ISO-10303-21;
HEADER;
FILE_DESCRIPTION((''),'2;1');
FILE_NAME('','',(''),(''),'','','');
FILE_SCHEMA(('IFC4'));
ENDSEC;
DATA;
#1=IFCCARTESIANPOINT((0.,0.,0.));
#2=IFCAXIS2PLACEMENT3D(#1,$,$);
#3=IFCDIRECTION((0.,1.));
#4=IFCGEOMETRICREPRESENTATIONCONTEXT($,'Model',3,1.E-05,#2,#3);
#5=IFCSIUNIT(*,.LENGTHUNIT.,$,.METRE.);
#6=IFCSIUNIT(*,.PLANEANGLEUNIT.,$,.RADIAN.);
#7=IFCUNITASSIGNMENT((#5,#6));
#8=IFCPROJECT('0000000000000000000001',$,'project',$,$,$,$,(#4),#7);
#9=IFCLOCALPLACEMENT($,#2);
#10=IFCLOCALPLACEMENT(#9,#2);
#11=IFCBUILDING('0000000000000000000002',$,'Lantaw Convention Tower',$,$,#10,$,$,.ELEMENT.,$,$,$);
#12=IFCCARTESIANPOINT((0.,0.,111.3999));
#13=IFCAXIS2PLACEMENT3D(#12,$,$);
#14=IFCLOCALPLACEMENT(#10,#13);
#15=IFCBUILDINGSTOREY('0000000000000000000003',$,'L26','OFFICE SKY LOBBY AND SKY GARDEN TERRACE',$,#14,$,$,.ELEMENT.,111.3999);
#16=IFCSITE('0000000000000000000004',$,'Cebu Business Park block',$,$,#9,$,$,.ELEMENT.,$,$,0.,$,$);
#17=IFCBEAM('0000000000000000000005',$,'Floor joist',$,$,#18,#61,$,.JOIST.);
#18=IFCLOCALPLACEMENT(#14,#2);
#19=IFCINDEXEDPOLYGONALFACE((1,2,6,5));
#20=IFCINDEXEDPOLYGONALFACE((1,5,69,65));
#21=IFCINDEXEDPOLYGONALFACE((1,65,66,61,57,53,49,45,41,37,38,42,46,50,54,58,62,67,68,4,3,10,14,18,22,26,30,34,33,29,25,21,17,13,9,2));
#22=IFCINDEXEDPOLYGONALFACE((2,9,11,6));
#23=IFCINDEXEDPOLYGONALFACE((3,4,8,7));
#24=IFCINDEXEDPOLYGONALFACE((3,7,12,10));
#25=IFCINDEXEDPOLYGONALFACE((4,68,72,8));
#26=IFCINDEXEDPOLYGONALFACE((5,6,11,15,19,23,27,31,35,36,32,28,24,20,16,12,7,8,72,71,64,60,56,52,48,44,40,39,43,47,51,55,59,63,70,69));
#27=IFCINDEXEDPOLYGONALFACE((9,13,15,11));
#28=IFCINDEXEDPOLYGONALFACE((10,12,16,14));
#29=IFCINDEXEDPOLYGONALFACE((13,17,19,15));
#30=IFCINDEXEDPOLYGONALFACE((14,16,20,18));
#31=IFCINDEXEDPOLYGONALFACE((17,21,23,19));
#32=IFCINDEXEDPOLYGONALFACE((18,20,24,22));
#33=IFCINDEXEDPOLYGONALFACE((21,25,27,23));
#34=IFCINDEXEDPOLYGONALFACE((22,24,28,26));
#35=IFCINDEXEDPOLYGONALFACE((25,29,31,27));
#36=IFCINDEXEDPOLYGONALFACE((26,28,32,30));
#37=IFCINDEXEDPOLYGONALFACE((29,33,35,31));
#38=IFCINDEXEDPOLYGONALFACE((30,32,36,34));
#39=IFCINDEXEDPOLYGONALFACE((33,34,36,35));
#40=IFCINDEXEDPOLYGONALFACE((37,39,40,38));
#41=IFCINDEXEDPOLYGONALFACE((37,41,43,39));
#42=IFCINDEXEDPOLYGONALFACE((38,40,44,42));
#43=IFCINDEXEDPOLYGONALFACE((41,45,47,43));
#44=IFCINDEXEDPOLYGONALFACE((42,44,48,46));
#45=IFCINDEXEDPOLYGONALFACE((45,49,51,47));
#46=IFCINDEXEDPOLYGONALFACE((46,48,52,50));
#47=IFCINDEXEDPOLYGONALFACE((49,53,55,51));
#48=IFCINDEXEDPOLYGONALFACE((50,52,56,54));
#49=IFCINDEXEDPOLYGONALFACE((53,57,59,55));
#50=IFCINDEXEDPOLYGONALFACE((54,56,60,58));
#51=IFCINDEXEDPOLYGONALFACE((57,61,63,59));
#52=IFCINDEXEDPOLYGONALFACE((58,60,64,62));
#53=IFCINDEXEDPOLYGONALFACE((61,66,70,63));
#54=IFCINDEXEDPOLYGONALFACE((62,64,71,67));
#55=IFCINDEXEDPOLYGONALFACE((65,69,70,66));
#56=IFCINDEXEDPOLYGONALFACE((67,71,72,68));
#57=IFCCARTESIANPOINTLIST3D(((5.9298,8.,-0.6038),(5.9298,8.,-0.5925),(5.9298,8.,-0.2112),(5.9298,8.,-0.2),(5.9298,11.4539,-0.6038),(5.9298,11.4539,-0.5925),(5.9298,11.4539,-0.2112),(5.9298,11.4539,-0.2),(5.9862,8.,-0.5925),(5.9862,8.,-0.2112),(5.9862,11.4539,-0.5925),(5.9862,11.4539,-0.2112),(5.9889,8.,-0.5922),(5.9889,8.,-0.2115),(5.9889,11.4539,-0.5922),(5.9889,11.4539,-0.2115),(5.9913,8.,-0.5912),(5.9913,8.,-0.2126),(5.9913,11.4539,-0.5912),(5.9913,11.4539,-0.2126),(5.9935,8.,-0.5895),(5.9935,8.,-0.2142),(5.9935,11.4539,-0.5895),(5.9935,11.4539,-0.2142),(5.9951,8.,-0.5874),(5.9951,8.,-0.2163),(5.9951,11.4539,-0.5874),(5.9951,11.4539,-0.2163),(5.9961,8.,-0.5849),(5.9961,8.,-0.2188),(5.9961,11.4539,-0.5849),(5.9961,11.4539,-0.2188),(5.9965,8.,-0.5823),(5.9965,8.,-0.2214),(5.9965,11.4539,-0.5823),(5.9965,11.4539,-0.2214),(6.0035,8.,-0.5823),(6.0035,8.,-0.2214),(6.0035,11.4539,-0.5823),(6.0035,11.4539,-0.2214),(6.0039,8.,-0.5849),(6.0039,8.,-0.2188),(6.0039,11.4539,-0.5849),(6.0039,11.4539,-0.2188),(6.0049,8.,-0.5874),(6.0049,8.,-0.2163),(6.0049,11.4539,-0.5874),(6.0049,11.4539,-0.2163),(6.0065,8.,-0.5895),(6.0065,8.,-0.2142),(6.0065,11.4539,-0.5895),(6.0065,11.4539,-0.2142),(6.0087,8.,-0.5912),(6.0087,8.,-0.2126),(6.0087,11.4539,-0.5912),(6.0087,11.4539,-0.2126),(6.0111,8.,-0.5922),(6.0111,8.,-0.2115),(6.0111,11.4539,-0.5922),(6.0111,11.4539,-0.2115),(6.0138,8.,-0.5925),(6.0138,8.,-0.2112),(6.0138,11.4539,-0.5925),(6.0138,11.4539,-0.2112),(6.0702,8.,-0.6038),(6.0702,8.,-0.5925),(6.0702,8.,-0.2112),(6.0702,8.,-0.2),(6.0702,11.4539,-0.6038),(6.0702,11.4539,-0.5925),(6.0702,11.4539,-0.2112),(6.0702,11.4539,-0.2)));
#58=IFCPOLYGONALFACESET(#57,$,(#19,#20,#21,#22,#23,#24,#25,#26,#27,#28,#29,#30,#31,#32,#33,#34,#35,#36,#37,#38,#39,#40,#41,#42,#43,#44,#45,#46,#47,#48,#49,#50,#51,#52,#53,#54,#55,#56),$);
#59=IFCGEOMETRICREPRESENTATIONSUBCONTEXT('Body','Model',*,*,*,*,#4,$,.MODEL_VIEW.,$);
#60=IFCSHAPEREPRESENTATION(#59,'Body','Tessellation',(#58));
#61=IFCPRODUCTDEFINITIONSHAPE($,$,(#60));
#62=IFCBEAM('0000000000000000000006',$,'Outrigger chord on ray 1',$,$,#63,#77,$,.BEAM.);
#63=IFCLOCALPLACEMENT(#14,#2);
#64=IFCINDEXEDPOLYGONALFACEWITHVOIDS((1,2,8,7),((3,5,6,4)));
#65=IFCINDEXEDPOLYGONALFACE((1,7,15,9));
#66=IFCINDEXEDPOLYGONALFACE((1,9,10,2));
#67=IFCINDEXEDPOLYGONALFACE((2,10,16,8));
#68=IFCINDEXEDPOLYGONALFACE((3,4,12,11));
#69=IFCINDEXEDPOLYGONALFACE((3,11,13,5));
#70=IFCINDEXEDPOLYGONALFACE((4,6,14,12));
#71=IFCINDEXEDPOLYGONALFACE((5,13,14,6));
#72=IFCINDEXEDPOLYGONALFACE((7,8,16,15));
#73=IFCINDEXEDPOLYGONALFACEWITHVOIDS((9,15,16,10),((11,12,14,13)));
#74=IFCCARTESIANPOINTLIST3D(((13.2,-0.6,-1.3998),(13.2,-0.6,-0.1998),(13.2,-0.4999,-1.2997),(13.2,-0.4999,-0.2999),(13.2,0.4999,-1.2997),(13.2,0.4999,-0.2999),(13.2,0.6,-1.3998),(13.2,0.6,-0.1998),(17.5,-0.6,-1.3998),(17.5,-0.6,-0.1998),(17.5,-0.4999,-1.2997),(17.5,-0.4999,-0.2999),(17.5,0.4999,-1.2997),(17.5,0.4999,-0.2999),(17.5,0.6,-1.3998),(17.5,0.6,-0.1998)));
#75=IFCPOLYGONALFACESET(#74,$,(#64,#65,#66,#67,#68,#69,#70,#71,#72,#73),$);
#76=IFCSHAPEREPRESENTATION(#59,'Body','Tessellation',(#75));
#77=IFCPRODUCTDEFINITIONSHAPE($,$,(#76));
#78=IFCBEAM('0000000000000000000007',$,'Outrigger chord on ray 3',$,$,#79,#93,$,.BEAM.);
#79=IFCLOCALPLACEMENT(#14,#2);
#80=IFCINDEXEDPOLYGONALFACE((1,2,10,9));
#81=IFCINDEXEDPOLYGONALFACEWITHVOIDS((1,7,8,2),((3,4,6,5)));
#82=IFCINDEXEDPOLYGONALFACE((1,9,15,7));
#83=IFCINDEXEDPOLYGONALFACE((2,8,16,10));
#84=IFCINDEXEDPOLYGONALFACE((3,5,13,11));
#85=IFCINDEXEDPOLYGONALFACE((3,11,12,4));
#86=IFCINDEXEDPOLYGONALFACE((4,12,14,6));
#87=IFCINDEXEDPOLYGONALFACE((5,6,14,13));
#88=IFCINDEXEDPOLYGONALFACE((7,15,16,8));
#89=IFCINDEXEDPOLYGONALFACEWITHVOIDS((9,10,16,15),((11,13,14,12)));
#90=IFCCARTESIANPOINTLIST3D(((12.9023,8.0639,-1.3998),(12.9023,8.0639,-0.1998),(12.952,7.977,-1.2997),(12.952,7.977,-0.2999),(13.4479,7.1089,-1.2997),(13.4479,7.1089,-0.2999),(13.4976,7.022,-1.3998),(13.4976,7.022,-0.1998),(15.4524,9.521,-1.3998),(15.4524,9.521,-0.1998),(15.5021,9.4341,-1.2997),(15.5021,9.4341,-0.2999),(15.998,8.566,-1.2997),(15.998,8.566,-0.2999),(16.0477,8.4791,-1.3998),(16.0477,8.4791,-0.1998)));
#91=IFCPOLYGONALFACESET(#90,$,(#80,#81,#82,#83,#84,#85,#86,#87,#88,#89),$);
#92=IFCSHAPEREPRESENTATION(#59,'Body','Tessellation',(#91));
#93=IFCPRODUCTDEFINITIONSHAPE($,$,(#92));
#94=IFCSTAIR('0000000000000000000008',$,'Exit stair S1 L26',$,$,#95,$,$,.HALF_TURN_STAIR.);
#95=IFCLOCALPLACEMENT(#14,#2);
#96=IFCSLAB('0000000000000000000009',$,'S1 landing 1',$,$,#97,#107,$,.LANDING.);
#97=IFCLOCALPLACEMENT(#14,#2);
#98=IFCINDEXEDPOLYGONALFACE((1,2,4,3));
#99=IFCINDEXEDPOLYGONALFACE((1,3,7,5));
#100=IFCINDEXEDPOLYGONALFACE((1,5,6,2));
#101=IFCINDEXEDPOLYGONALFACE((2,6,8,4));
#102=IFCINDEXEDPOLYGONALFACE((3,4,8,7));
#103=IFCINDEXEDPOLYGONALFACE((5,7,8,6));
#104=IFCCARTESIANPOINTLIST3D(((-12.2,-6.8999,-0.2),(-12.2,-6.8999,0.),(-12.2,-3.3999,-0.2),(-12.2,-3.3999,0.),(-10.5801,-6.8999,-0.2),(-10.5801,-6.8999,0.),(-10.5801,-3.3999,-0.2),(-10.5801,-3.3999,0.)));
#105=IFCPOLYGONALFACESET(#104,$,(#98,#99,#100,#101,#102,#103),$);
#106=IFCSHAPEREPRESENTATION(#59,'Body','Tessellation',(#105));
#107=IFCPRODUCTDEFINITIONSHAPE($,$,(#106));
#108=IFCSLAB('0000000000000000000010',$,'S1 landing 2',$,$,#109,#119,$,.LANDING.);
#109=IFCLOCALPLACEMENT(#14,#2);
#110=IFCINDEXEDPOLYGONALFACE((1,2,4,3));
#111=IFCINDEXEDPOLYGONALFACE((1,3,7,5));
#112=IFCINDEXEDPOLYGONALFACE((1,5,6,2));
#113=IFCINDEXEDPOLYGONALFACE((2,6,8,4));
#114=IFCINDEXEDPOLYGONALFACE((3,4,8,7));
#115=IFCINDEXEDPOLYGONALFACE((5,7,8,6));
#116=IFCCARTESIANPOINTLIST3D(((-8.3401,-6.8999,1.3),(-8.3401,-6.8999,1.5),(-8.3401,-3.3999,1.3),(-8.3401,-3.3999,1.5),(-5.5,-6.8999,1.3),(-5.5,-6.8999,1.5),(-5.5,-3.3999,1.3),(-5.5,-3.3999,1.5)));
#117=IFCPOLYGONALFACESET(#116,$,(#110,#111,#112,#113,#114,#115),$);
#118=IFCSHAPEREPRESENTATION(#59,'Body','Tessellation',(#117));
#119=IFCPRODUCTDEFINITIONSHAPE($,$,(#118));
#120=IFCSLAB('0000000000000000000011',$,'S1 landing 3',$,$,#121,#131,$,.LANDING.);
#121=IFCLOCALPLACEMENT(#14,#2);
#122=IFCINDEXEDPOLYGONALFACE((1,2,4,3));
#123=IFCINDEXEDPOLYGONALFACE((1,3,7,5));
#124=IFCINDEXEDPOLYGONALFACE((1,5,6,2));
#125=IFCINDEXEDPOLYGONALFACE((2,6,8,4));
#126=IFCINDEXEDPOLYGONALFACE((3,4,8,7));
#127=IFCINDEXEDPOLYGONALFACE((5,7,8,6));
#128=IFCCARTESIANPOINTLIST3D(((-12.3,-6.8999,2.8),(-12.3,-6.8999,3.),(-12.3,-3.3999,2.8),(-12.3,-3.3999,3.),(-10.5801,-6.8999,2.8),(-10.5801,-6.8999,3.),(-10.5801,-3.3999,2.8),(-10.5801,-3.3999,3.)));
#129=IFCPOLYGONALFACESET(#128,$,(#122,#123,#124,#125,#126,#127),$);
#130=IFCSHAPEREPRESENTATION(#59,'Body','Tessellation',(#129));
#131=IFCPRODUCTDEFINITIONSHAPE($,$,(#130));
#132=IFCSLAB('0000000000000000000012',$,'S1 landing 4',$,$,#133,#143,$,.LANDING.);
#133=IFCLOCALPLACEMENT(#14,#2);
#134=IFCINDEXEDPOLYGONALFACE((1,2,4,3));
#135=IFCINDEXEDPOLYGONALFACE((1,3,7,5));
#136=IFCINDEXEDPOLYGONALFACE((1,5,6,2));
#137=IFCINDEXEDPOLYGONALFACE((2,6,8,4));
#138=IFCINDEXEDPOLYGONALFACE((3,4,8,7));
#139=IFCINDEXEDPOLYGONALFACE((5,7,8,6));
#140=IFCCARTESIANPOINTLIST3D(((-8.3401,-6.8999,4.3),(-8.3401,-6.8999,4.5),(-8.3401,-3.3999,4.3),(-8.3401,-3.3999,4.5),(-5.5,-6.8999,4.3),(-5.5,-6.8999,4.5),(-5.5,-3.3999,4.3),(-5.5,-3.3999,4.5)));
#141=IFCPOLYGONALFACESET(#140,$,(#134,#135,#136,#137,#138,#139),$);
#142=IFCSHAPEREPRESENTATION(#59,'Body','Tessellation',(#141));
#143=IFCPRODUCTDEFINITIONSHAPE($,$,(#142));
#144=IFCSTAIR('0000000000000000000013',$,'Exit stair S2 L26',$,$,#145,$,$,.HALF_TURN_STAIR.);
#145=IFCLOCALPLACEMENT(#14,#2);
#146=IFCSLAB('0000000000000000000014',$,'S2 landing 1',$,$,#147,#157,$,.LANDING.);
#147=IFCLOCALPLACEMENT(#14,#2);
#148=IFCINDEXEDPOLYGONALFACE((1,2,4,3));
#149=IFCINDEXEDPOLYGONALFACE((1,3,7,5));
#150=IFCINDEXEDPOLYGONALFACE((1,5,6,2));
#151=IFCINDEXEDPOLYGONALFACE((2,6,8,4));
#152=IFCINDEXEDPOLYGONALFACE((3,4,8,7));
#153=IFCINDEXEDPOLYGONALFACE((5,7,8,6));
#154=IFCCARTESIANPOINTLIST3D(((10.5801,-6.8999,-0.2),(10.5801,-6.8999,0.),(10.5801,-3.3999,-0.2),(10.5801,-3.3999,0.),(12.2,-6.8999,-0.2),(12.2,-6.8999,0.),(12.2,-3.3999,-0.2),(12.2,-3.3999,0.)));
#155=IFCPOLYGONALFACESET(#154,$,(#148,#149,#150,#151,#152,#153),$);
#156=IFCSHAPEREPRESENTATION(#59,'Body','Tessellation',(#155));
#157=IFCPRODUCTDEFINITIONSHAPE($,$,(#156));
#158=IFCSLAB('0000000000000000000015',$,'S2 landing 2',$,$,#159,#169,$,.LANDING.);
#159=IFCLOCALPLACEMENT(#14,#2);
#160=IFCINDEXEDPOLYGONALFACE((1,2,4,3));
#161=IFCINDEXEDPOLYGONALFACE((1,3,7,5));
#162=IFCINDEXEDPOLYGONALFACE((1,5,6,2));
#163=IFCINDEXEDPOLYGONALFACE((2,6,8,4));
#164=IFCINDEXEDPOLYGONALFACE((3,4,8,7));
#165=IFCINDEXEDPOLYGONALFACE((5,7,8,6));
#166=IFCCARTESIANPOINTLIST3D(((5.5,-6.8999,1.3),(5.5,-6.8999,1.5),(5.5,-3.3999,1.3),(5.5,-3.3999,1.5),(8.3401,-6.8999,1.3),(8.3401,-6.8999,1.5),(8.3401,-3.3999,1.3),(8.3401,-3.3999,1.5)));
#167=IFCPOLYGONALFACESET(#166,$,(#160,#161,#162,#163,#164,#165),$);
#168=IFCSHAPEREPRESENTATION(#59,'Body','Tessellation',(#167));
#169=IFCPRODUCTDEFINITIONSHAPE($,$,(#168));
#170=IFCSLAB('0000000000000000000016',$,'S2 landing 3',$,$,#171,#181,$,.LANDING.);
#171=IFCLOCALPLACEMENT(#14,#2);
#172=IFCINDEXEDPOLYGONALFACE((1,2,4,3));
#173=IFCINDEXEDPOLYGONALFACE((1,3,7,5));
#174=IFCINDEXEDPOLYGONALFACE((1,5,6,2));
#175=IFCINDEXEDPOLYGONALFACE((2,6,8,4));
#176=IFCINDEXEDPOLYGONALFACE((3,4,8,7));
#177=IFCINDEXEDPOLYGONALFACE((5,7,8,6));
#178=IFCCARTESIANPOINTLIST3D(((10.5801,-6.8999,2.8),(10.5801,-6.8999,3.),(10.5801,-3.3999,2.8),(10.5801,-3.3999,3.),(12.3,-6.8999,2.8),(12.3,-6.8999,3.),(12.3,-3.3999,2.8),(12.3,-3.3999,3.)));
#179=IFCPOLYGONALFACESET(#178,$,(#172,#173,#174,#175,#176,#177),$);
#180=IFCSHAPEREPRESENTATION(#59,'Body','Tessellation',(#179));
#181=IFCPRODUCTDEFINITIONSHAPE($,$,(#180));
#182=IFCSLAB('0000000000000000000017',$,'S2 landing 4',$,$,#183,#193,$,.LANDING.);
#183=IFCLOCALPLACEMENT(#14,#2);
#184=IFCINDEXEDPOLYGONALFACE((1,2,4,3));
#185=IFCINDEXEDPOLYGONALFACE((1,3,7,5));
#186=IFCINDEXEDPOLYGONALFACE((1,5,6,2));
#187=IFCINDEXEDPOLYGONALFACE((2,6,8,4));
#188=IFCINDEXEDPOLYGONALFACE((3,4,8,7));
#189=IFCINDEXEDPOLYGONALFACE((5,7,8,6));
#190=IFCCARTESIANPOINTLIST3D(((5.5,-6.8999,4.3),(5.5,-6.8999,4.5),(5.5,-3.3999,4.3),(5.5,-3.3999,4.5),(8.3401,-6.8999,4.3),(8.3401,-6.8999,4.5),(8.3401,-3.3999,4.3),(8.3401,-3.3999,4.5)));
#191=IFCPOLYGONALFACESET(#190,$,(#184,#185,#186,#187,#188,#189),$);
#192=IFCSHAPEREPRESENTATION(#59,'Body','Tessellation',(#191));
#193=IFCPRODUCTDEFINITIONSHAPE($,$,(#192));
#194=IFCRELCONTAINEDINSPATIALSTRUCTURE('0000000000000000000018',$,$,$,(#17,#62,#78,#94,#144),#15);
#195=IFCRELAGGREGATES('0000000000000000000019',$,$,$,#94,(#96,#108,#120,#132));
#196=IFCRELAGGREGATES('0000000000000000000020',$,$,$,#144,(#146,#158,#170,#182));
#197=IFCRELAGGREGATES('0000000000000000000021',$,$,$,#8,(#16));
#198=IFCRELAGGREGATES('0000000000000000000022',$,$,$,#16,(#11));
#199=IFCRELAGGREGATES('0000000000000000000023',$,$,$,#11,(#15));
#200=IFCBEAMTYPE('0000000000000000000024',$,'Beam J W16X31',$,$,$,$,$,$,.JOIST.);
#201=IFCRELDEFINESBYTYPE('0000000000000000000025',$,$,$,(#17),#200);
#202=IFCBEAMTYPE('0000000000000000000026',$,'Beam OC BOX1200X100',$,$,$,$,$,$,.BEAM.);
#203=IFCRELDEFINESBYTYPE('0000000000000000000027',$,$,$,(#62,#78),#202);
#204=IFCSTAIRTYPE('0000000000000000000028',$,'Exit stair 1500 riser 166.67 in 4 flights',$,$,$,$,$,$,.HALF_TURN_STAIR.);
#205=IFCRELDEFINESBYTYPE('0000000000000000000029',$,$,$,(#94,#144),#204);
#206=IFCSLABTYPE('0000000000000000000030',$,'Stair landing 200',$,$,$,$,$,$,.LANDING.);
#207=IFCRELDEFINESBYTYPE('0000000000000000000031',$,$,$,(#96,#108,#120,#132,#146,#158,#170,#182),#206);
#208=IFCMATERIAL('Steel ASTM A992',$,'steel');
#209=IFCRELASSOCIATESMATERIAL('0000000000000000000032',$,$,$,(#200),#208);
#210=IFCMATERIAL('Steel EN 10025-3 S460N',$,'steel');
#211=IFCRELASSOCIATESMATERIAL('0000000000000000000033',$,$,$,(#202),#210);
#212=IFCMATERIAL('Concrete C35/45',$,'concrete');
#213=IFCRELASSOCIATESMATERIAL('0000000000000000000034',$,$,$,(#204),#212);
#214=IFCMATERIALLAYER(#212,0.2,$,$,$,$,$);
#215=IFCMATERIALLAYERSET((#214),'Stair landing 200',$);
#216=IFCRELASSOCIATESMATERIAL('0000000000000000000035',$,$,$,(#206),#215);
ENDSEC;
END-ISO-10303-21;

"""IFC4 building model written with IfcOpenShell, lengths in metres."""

from ifc_helpers import new_model, si_unit, direction, frame, origin, origin_2d, place, context, subcontext, project, spatial, polyline, hollow_rectangle, i_section, outline, extrude, material, layer, layer_set, material_profile, profile_set, type_object, element, aggregate, save


model = new_model("IFC4")

# Units and contexts
model_context = context("Model", 3, precision=1e-05, world=origin(), true_north=direction((0.0, 1.0)))
body_context = subcontext(model_context, "Body", "Model", "MODEL_VIEW")
ifc_project = project(units=[si_unit("LENGTHUNIT", "METRE"), si_unit("PLANEANGLEUNIT", "RADIAN")], contexts=[model_context])

# Site, building, storey
site_placement = place(None, origin())
site = spatial("IfcSite", under=ifc_project, at=site_placement, Name="Cebu Business Park block", CompositionType="ELEMENT", RefElevation=0.0)
building_placement = place(site_placement, origin())
building = spatial("IfcBuilding", under=site, at=building_placement, Name="Lantaw Convention Tower", CompositionType="ELEMENT")
storey_placement = place(building_placement, frame((0.0, 0.0, 111.3999)))
storey = spatial("IfcBuildingStorey", under=building, at=storey_placement, Name="L26", Description="OFFICE SKY LOBBY AND SKY GARDEN TERRACE", CompositionType="ELEMENT", Elevation=111.3999)

# Beams
ifc_material_1 = material(Name="Steel ASTM A992", Category="steel")
ifc_material_profile_1 = material_profile(ifc_material_1, i_section(OverallWidth=0.1404, OverallDepth=0.4038, WebThickness=0.0071, FlangeThickness=0.0112, FilletRadius=0.0103, at=origin_2d()), Name="W16X31")
ifc_profile_set_1 = profile_set([ifc_material_profile_1], Name="Steel ASTM A992")
beam_type_1 = type_object("IfcBeamType", Name="Beam J W16X31", PredefinedType="JOIST", material=ifc_profile_set_1)
beam_1_placement = place(storey_placement, frame((6.0, 8.0, -0.4019), z_axis=(0.0, 1.0, 0.0), x_axis=(-1.0, 0.0, 0.0)))
element("IfcBeam", 1, at=beam_1_placement, inside=storey, type_object=beam_type_1, Name="Floor joist", PredefinedType="JOIST", context=body_context, shape_type="SweptSolid", body=[
    extrude(i_section(OverallWidth=0.1404, OverallDepth=0.4038, WebThickness=0.0071, FlangeThickness=0.0112, FilletRadius=0.0103, at=origin_2d()), origin(), (0.0, 0.0, 1.0), 3.4539),
])
ifc_material_2 = material(Name="Steel EN 10025-3 S460N", Category="steel")
ifc_material_profile_2 = material_profile(ifc_material_2, hollow_rectangle(XDim=1.2, YDim=1.2, WallThickness=0.1001, at=origin_2d()), Name="BOX1200X100")
ifc_profile_set_2 = profile_set([ifc_material_profile_2], Name="Steel EN 10025-3 S460N")
beam_type_2 = type_object("IfcBeamType", Name="Beam OC BOX1200X100", PredefinedType="BEAM", material=ifc_profile_set_2)
beam_2_placement = place(storey_placement, frame((13.2, 0.0, -0.7998), z_axis=(1.0, 0.0, 0.0), x_axis=(0.0, 1.0, 0.0)))
element("IfcBeam", 2, at=beam_2_placement, inside=storey, type_object=beam_type_2, Name="Outrigger chord on ray 1", PredefinedType="BEAM", context=body_context, shape_type="SweptSolid", body=[
    extrude(hollow_rectangle(XDim=1.2, YDim=1.2, WallThickness=0.1001, at=origin_2d()), origin(), (0.0, 0.0, 1.0), 4.3),
])
beam_3_placement = place(storey_placement, frame((13.2, 7.543, -0.7998), z_axis=(0.868264, 0.496103, 0.0), x_axis=(-0.496103, 0.868264, 0.0)))
element("IfcBeam", 3, at=beam_3_placement, inside=storey, type_object=beam_type_2, Name="Outrigger chord on ray 3", PredefinedType="BEAM", context=body_context, shape_type="SweptSolid", body=[
    extrude(hollow_rectangle(XDim=1.2, YDim=1.2, WallThickness=0.1001, at=origin_2d()), origin(), (0.0, 0.0, 1.0), 2.937),
])

# Stairs, slabs
ifc_material_3 = material(Name="Concrete C35/45", Category="concrete")
stair_type = type_object("IfcStairType", Name="Exit stair 1500 riser 166.67 in 4 flights", PredefinedType="HALF_TURN_STAIR", material=ifc_material_3)
stair_1_placement = place(storey_placement, origin())
stair_1 = element("IfcStair", 4, at=stair_1_placement, inside=storey, type_object=stair_type, Name="Exit stair S1 L26", PredefinedType="HALF_TURN_STAIR")
ifc_layer_1 = layer(ifc_material_3, 0.2)
ifc_layer_set_1 = layer_set([ifc_layer_1], Name="Stair landing 200")
slab_type = type_object("IfcSlabType", Name="Stair landing 200", PredefinedType="LANDING", material=ifc_layer_set_1)
slab_1_placement = place(storey_placement, frame((0.0, 0.0, -0.2)))
slab_1 = element("IfcSlab", 5, at=slab_1_placement, type_object=slab_type, Name="S1 landing 1", PredefinedType="LANDING", context=body_context, shape_type="SweptSolid", body=[
    extrude(outline(polyline([(-12.2, -6.8999), (-10.5801, -6.8999), (-10.5801, -3.3999), (-12.2, -3.3999), (-12.2, -6.8999)])), origin(), (0.0, 0.0, 1.0), 0.2),
])
slab_2_placement = place(storey_placement, frame((0.0, 0.0, 1.3)))
slab_2 = element("IfcSlab", 6, at=slab_2_placement, type_object=slab_type, Name="S1 landing 2", PredefinedType="LANDING", context=body_context, shape_type="SweptSolid", body=[
    extrude(outline(polyline([(-8.3401, -6.8999), (-5.5, -6.8999), (-5.5, -3.3999), (-8.3401, -3.3999), (-8.3401, -6.8999)])), origin(), (0.0, 0.0, 1.0), 0.2),
])
slab_3_placement = place(storey_placement, frame((0.0, 0.0, 2.8)))
slab_3 = element("IfcSlab", 7, at=slab_3_placement, type_object=slab_type, Name="S1 landing 3", PredefinedType="LANDING", context=body_context, shape_type="SweptSolid", body=[
    extrude(outline(polyline([(-12.3, -6.8999), (-10.5801, -6.8999), (-10.5801, -3.3999), (-12.3, -3.3999), (-12.3, -6.8999)])), origin(), (0.0, 0.0, 1.0), 0.2),
])
slab_4_placement = place(storey_placement, frame((0.0, 0.0, 4.3)))
slab_4 = element("IfcSlab", 8, at=slab_4_placement, type_object=slab_type, Name="S1 landing 4", PredefinedType="LANDING", context=body_context, shape_type="SweptSolid", body=[
    extrude(outline(polyline([(-8.3401, -6.8999), (-5.5, -6.8999), (-5.5, -3.3999), (-8.3401, -3.3999), (-8.3401, -6.8999)])), origin(), (0.0, 0.0, 1.0), 0.2),
])
aggregate(stair_1, [slab_1, slab_2, slab_3, slab_4])
stair_2_placement = place(storey_placement, origin())
stair_2 = element("IfcStair", 9, at=stair_2_placement, inside=storey, type_object=stair_type, Name="Exit stair S2 L26", PredefinedType="HALF_TURN_STAIR")
slab_5_placement = place(storey_placement, frame((0.0, 0.0, -0.2)))
slab_5 = element("IfcSlab", 10, at=slab_5_placement, type_object=slab_type, Name="S2 landing 1", PredefinedType="LANDING", context=body_context, shape_type="SweptSolid", body=[
    extrude(outline(polyline([(10.5801, -6.8999), (12.2, -6.8999), (12.2, -3.3999), (10.5801, -3.3999), (10.5801, -6.8999)])), origin(), (0.0, 0.0, 1.0), 0.2),
])
slab_6_placement = place(storey_placement, frame((0.0, 0.0, 1.3)))
slab_6 = element("IfcSlab", 11, at=slab_6_placement, type_object=slab_type, Name="S2 landing 2", PredefinedType="LANDING", context=body_context, shape_type="SweptSolid", body=[
    extrude(outline(polyline([(5.5, -6.8999), (8.3401, -6.8999), (8.3401, -3.3999), (5.5, -3.3999), (5.5, -6.8999)])), origin(), (0.0, 0.0, 1.0), 0.2),
])
slab_7_placement = place(storey_placement, frame((0.0, 0.0, 2.8)))
slab_7 = element("IfcSlab", 12, at=slab_7_placement, type_object=slab_type, Name="S2 landing 3", PredefinedType="LANDING", context=body_context, shape_type="SweptSolid", body=[
    extrude(outline(polyline([(10.5801, -6.8999), (12.3, -6.8999), (12.3, -3.3999), (10.5801, -3.3999), (10.5801, -6.8999)])), origin(), (0.0, 0.0, 1.0), 0.2),
])
slab_8_placement = place(storey_placement, frame((0.0, 0.0, 4.3)))
slab_8 = element("IfcSlab", 13, at=slab_8_placement, type_object=slab_type, Name="S2 landing 4", PredefinedType="LANDING", context=body_context, shape_type="SweptSolid", body=[
    extrude(outline(polyline([(5.5, -6.8999), (8.3401, -6.8999), (8.3401, -3.3999), (5.5, -3.3999), (5.5, -6.8999)])), origin(), (0.0, 0.0, 1.0), 0.2),
])
aggregate(stair_2, [slab_5, slab_6, slab_7, slab_8])

save(model, "model.ifc")
